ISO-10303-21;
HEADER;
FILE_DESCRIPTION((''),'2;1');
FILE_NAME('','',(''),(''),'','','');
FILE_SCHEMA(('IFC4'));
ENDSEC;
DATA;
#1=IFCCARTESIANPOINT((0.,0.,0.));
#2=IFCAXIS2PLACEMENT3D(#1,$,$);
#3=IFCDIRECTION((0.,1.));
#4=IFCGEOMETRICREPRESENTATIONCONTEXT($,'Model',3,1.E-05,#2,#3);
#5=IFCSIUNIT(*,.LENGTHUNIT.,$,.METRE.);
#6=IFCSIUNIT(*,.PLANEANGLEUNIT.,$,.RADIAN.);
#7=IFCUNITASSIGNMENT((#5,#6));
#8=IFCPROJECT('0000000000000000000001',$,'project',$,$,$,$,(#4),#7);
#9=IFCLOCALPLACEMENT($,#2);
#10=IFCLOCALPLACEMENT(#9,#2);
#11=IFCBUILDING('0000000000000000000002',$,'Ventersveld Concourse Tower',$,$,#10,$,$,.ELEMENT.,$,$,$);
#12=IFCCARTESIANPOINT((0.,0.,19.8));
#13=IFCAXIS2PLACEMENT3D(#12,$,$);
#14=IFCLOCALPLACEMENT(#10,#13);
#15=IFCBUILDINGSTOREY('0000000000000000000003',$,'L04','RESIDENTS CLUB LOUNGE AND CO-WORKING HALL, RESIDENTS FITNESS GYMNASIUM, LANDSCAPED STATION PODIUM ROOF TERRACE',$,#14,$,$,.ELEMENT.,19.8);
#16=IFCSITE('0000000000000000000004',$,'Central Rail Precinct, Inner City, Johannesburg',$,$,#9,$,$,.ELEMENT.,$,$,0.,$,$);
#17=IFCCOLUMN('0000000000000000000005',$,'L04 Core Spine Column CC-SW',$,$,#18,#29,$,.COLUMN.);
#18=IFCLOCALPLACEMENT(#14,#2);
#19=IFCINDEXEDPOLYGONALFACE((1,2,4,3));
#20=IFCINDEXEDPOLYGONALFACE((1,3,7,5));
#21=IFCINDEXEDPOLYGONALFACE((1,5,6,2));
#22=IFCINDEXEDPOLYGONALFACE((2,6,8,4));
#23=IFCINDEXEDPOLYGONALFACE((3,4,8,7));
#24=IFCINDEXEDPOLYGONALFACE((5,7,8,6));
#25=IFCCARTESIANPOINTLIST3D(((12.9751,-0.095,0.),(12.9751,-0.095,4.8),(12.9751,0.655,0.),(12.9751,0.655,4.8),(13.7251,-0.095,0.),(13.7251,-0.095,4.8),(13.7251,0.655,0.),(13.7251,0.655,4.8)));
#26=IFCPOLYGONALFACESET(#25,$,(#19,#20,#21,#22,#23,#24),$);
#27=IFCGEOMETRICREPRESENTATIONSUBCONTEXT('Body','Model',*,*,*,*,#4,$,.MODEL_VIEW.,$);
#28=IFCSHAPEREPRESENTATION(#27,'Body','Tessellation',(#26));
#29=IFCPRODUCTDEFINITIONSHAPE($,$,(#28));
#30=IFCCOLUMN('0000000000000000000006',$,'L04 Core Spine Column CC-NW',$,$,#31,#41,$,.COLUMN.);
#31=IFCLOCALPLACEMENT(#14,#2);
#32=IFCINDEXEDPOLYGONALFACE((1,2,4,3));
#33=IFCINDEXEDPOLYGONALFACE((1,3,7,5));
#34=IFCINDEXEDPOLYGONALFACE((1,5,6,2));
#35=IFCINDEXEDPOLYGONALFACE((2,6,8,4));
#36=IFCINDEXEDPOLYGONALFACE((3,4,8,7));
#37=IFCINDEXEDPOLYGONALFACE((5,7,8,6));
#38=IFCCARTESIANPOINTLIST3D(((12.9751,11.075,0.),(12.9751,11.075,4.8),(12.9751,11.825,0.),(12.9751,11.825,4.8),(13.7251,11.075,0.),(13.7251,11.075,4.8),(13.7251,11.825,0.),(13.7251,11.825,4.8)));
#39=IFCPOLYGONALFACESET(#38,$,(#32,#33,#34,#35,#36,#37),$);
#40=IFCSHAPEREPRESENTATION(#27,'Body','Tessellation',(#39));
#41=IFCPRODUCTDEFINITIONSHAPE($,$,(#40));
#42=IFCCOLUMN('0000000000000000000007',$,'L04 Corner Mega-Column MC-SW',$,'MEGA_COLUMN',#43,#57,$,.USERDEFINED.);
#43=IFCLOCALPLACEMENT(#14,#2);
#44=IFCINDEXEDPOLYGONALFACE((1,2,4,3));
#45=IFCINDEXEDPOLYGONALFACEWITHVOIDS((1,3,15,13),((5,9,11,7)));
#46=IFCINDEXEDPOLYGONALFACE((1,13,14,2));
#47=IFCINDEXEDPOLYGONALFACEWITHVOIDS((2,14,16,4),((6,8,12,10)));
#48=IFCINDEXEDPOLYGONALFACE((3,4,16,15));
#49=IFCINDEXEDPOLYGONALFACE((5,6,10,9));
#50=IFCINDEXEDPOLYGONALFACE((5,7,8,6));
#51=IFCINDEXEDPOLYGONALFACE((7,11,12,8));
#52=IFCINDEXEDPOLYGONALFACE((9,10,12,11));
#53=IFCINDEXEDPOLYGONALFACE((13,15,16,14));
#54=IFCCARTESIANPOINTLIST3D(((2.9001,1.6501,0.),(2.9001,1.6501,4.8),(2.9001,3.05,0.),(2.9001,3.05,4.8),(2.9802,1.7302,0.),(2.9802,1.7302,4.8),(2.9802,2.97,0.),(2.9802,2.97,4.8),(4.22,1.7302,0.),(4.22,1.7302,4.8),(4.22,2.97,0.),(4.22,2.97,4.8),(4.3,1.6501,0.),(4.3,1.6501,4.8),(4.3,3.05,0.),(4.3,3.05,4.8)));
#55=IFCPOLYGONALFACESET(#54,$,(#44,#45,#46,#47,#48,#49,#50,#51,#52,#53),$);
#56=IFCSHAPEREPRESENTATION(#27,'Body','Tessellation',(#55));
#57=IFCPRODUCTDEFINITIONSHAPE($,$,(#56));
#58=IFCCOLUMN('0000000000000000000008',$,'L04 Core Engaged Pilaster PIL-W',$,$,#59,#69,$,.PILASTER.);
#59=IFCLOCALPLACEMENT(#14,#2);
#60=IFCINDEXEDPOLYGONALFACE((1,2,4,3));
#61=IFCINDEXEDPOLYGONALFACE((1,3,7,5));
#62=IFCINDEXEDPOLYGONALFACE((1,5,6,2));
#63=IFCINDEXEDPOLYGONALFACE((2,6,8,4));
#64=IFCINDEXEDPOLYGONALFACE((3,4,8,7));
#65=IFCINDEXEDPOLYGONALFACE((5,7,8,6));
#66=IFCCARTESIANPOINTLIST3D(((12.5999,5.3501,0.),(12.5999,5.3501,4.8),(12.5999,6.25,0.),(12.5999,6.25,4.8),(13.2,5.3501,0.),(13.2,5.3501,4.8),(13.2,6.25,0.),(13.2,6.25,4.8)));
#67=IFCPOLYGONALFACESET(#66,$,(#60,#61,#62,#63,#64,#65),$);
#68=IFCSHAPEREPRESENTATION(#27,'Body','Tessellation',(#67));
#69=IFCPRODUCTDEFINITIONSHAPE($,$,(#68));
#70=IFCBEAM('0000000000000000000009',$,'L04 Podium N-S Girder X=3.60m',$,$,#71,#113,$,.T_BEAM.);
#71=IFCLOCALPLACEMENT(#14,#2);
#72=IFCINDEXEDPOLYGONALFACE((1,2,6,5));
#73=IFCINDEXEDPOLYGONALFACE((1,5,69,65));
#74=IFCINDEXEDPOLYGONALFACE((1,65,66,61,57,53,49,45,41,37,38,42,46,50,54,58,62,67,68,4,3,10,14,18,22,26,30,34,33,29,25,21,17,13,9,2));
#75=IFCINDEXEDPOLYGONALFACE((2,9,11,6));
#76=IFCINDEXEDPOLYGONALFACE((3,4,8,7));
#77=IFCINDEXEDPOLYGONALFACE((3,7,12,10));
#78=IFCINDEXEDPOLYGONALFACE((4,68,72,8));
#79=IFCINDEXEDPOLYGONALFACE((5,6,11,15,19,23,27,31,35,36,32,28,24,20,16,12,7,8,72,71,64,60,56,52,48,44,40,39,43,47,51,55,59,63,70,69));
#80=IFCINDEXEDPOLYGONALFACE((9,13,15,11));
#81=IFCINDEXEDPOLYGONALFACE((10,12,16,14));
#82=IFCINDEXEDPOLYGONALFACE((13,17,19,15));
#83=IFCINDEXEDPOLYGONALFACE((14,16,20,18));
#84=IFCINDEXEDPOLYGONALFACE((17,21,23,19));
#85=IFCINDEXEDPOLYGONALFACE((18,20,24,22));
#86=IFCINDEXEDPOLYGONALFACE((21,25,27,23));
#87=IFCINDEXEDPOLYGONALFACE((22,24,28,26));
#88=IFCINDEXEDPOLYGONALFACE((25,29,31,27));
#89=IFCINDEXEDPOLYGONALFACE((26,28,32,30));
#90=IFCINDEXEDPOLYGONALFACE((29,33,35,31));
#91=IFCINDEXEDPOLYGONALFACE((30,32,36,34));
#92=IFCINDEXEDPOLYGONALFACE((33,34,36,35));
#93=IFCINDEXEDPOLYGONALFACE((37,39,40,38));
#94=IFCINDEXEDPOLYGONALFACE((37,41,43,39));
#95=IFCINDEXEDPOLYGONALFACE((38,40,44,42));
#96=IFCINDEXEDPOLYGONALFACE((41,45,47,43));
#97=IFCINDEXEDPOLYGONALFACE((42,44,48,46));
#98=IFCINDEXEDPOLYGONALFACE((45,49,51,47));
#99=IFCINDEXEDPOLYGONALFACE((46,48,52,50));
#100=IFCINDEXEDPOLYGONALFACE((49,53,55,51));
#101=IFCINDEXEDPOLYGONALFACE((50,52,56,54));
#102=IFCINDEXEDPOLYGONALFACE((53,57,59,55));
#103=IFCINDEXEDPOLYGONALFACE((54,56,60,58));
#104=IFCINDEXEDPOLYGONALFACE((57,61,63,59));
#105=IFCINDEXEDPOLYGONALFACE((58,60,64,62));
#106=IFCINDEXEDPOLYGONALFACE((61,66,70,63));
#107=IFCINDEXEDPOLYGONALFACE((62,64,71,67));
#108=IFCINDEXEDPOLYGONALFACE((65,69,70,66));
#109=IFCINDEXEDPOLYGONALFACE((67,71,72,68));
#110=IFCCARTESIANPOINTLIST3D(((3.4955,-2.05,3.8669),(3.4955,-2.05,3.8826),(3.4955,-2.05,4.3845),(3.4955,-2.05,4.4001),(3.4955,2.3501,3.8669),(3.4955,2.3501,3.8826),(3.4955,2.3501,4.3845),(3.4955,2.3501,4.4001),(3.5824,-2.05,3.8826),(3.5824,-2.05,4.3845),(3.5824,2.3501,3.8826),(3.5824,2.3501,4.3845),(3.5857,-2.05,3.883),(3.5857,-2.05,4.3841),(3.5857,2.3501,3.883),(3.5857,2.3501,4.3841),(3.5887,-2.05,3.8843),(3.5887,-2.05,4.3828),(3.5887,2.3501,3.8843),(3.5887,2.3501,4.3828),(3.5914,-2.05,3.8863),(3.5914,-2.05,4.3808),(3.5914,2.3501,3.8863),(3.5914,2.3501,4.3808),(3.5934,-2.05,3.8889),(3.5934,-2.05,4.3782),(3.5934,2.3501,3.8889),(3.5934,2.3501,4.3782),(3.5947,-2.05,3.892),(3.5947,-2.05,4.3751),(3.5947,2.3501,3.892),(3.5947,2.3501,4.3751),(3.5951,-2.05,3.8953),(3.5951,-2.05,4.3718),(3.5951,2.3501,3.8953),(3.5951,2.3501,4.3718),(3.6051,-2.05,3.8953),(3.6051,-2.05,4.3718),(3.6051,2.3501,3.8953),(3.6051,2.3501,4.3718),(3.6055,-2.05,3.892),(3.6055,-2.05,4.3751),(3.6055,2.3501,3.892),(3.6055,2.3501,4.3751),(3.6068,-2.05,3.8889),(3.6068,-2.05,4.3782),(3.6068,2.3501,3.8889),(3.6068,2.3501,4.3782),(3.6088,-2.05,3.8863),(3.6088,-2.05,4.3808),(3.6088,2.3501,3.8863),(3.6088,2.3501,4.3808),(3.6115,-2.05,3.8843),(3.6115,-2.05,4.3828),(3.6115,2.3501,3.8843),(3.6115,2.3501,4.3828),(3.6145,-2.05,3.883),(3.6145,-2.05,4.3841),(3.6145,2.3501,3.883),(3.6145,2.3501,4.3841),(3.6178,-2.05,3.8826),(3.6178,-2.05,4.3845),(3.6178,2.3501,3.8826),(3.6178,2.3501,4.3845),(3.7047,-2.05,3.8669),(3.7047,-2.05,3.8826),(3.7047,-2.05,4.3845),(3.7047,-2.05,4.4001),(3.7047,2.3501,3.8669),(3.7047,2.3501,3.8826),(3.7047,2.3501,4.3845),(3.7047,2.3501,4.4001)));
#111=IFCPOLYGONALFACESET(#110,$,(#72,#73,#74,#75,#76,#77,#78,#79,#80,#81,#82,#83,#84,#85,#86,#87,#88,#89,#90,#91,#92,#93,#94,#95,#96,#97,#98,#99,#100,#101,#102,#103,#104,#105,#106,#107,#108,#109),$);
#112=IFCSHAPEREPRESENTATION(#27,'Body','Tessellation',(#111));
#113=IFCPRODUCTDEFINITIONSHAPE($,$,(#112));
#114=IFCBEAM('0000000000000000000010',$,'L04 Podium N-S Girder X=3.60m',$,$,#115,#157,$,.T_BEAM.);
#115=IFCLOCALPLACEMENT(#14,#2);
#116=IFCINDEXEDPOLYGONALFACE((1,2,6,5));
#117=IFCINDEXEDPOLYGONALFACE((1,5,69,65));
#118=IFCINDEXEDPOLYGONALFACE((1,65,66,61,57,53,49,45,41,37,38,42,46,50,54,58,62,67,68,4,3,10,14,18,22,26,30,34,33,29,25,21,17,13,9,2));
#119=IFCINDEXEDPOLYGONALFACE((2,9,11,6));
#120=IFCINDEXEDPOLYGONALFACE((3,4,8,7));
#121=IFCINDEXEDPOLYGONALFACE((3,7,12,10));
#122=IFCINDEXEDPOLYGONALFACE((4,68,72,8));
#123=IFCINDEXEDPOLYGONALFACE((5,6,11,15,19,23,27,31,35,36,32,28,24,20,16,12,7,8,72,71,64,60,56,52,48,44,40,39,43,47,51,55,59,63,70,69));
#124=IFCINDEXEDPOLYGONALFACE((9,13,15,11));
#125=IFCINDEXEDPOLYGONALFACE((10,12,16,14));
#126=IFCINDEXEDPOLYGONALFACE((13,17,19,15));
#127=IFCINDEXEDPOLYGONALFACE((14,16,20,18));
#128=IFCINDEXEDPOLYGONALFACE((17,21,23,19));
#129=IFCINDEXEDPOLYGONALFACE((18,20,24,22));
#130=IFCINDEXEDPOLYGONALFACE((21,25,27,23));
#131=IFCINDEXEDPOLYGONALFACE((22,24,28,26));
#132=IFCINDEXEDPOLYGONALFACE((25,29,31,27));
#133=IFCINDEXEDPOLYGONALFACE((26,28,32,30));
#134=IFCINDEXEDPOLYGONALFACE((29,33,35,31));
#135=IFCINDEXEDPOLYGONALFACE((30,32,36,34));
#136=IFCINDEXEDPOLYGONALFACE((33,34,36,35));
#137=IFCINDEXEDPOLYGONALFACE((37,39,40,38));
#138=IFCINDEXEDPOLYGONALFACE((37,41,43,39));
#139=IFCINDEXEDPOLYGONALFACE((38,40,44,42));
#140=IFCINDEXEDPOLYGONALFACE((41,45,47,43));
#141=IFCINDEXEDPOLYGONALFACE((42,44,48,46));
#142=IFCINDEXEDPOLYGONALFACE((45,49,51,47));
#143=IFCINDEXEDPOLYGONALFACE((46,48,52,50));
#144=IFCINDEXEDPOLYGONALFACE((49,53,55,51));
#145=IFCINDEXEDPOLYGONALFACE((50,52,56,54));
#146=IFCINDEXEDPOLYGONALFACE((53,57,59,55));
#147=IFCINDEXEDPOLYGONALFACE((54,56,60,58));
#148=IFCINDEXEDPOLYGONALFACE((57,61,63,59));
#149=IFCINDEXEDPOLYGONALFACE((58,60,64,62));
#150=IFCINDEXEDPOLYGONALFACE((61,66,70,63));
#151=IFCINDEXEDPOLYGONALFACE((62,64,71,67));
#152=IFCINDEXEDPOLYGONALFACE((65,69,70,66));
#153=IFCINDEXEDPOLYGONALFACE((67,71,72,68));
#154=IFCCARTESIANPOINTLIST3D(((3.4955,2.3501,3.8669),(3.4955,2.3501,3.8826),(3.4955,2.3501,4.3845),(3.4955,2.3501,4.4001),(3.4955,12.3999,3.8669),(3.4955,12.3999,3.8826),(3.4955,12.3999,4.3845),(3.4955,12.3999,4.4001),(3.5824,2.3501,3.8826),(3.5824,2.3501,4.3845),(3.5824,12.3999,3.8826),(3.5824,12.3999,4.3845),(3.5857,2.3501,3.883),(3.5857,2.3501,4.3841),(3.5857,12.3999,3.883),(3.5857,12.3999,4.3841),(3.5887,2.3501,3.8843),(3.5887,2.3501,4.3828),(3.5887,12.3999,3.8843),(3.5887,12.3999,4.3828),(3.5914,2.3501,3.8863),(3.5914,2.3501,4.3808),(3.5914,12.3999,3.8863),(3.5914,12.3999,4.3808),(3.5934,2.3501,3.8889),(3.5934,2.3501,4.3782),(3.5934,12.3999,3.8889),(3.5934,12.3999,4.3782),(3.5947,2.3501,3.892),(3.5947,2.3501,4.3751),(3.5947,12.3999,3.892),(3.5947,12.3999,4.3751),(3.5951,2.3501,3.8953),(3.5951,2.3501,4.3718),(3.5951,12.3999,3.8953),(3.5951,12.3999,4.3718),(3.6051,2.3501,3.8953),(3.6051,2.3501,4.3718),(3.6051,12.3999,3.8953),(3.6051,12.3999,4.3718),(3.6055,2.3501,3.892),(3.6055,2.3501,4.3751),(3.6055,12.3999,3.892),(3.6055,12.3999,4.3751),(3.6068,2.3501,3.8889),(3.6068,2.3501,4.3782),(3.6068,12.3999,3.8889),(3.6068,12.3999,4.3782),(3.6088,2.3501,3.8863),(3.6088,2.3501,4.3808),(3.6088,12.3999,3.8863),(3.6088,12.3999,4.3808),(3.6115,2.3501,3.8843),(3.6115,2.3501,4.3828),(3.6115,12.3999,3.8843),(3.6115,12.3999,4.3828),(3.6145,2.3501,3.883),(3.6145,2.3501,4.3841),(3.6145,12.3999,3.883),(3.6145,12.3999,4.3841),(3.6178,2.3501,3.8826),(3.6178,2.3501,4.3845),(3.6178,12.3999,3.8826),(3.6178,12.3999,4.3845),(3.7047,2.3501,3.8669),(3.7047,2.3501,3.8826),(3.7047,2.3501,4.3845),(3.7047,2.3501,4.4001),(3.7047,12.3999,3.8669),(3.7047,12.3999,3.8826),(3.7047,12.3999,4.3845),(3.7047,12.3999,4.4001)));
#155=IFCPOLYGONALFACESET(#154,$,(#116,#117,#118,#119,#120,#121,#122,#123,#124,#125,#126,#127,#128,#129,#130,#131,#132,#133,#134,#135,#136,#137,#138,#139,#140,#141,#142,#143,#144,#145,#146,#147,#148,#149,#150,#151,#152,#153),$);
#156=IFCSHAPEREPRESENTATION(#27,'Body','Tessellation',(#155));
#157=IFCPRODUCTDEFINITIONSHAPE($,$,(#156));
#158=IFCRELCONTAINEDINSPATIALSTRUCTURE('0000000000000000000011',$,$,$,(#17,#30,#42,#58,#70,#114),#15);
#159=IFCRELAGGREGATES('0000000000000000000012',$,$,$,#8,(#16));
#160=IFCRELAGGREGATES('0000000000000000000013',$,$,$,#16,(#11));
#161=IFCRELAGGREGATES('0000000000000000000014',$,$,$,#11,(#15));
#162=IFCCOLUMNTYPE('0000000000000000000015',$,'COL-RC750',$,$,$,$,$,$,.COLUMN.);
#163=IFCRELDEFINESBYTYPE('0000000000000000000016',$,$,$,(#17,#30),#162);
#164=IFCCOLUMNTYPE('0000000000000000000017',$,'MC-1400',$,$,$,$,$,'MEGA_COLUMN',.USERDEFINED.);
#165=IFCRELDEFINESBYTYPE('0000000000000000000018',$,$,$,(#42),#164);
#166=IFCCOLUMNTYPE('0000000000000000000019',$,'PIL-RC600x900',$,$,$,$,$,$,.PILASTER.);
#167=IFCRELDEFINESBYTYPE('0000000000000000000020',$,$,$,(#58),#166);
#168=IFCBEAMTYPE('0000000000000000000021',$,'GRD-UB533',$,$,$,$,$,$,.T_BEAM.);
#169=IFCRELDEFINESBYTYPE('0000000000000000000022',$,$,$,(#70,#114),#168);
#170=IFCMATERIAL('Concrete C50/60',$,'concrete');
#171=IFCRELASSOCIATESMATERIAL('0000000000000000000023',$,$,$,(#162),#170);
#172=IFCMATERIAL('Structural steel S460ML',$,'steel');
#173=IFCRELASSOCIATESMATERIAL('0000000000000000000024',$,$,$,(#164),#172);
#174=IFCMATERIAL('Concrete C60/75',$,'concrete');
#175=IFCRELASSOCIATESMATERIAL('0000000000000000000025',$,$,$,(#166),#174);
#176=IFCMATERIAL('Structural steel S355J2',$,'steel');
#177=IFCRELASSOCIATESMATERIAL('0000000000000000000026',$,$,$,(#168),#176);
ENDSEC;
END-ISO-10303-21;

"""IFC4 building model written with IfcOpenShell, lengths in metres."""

from ifc_helpers import new_model, si_unit, direction, frame, origin, origin_2d, place, context, subcontext, project, spatial, rectangle, hollow_rectangle, i_section, extrude, material, material_profile, profile_set, type_object, element, save


model = new_model("IFC4")

# Units and contexts
model_context = context("Model", 3, precision=1e-05, world=origin(), true_north=direction((0.0, 1.0)))
body_context = subcontext(model_context, "Body", "Model", "MODEL_VIEW")
ifc_project = project(units=[si_unit("LENGTHUNIT", "METRE"), si_unit("PLANEANGLEUNIT", "RADIAN")], contexts=[model_context])

# Site, building, storey
site_placement = place(None, origin())
site = spatial("IfcSite", under=ifc_project, at=site_placement, Name="Central Rail Precinct, Inner City, Johannesburg", CompositionType="ELEMENT", RefElevation=0.0)
building_placement = place(site_placement, origin())
building = spatial("IfcBuilding", under=site, at=building_placement, Name="Ventersveld Concourse Tower", CompositionType="ELEMENT")
storey_placement = place(building_placement, frame((0.0, 0.0, 19.8)))
storey = spatial("IfcBuildingStorey", under=building, at=storey_placement, Name="L04", Description="RESIDENTS CLUB LOUNGE AND CO-WORKING HALL, RESIDENTS FITNESS GYMNASIUM, LANDSCAPED STATION PODIUM ROOF TERRACE", CompositionType="ELEMENT", Elevation=19.8)

# Columns
ifc_material_1 = material(Name="Concrete C50/60", Category="concrete")
ifc_material_profile_1 = material_profile(ifc_material_1, rectangle(XDim=0.75, YDim=0.75, at=origin_2d()), Name="RC 750x750")
ifc_profile_set_1 = profile_set([ifc_material_profile_1], Name="Concrete C50/60")
column_type_1 = type_object("IfcColumnType", Name="COL-RC750", PredefinedType="COLUMN", material=ifc_profile_set_1)
for number, where, z_axis, x_axis, name in (
    (1, (13.3501, 0.28, 0.0), (0.0, 0.0, 1.0), (1.0, 0.0, 0.0), "L04 Core Spine Column CC-SW"),
    (2, (13.3501, 11.45, 0.0), (0.0, 0.0, 1.0), (1.0, 0.0, 0.0), "L04 Core Spine Column CC-NW"),
):
    element("IfcColumn", number, at=place(storey_placement, frame(where, z_axis=z_axis, x_axis=x_axis)), inside=storey, type_object=column_type_1, Name=name, PredefinedType="COLUMN", context=body_context, shape_type="SweptSolid", body=[
        extrude(rectangle(XDim=0.75, YDim=0.75, at=origin_2d()), origin(), (0.0, 0.0, 1.0), 4.8),
    ])
ifc_material_2 = material(Name="Structural steel S460ML", Category="steel")
ifc_material_profile_2 = material_profile(ifc_material_2, hollow_rectangle(XDim=1.3999, YDim=1.3999, WallThickness=0.0801, at=origin_2d()), Name="BOX 1400x1400x80")
ifc_profile_set_2 = profile_set([ifc_material_profile_2], Name="Structural steel S460ML")
column_type_2 = type_object("IfcColumnType", Name="MC-1400", ElementType="MEGA_COLUMN", PredefinedType="USERDEFINED", material=ifc_profile_set_2)
column_1_placement = place(storey_placement, frame((3.6001, 2.3501, 0.0), z_axis=(0.0, 0.0, 1.0), x_axis=(1.0, 0.0, 0.0)))
element("IfcColumn", 3, at=column_1_placement, inside=storey, type_object=column_type_2, Name="L04 Corner Mega-Column MC-SW", ObjectType="MEGA_COLUMN", PredefinedType="USERDEFINED", context=body_context, shape_type="SweptSolid", body=[
    extrude(hollow_rectangle(XDim=1.3999, YDim=1.3999, WallThickness=0.0801, at=origin_2d()), origin(), (0.0, 0.0, 1.0), 4.8),
])
ifc_material_3 = material(Name="Concrete C60/75", Category="concrete")
ifc_material_profile_3 = material_profile(ifc_material_3, rectangle(XDim=0.6001, YDim=0.8999, at=origin_2d()), Name="RC 600x900")
ifc_profile_set_3 = profile_set([ifc_material_profile_3], Name="Concrete C60/75")
column_type_3 = type_object("IfcColumnType", Name="PIL-RC600x900", PredefinedType="PILASTER", material=ifc_profile_set_3)
column_2_placement = place(storey_placement, frame((12.8999, 5.8, 0.0), z_axis=(0.0, 0.0, 1.0), x_axis=(1.0, 0.0, 0.0)))
element("IfcColumn", 4, at=column_2_placement, inside=storey, type_object=column_type_3, Name="L04 Core Engaged Pilaster PIL-W", PredefinedType="PILASTER", context=body_context, shape_type="SweptSolid", body=[
    extrude(rectangle(XDim=0.6001, YDim=0.8999, at=origin_2d()), origin(), (0.0, 0.0, 1.0), 4.8),
])

# Beams
ifc_material_4 = material(Name="Structural steel S355J2", Category="steel")
ifc_material_profile_4 = material_profile(ifc_material_4, i_section(OverallWidth=0.2092, OverallDepth=0.5332, WebThickness=0.01, FlangeThickness=0.0156, FilletRadius=0.0127, at=origin_2d()), Name="UB 533x210x92")
ifc_profile_set_4 = profile_set([ifc_material_profile_4], Name="Structural steel S355J2")
beam_type_1 = type_object("IfcBeamType", Name="GRD-UB533", PredefinedType="T_BEAM", material=ifc_profile_set_4)
beam_1_placement = place(storey_placement, frame((3.6001, -2.05, 4.1335), z_axis=(0.0, 1.0, 0.0), x_axis=(-1.0, 0.0, 0.0)))
element("IfcBeam", 5, at=beam_1_placement, inside=storey, type_object=beam_type_1, Name="L04 Podium N-S Girder X=3.60m", PredefinedType="T_BEAM", context=body_context, shape_type="SweptSolid", body=[
    extrude(i_section(OverallWidth=0.2092, OverallDepth=0.5332, WebThickness=0.01, FlangeThickness=0.0156, FilletRadius=0.0127, at=origin_2d()), origin(), (0.0, 0.0, 1.0), 4.4001),
])
beam_2_placement = place(storey_placement, frame((3.6001, 2.3501, 4.1335), z_axis=(0.0, 1.0, 0.0), x_axis=(-1.0, 0.0, 0.0)))
element("IfcBeam", 6, at=beam_2_placement, inside=storey, type_object=beam_type_1, Name="L04 Podium N-S Girder X=3.60m", PredefinedType="T_BEAM", context=body_context, shape_type="SweptSolid", body=[
    extrude(i_section(OverallWidth=0.2092, OverallDepth=0.5332, WebThickness=0.01, FlangeThickness=0.0156, FilletRadius=0.0127, at=origin_2d()), origin(), (0.0, 0.0, 1.0), 10.0498),
])

save(model, "model.ifc")
